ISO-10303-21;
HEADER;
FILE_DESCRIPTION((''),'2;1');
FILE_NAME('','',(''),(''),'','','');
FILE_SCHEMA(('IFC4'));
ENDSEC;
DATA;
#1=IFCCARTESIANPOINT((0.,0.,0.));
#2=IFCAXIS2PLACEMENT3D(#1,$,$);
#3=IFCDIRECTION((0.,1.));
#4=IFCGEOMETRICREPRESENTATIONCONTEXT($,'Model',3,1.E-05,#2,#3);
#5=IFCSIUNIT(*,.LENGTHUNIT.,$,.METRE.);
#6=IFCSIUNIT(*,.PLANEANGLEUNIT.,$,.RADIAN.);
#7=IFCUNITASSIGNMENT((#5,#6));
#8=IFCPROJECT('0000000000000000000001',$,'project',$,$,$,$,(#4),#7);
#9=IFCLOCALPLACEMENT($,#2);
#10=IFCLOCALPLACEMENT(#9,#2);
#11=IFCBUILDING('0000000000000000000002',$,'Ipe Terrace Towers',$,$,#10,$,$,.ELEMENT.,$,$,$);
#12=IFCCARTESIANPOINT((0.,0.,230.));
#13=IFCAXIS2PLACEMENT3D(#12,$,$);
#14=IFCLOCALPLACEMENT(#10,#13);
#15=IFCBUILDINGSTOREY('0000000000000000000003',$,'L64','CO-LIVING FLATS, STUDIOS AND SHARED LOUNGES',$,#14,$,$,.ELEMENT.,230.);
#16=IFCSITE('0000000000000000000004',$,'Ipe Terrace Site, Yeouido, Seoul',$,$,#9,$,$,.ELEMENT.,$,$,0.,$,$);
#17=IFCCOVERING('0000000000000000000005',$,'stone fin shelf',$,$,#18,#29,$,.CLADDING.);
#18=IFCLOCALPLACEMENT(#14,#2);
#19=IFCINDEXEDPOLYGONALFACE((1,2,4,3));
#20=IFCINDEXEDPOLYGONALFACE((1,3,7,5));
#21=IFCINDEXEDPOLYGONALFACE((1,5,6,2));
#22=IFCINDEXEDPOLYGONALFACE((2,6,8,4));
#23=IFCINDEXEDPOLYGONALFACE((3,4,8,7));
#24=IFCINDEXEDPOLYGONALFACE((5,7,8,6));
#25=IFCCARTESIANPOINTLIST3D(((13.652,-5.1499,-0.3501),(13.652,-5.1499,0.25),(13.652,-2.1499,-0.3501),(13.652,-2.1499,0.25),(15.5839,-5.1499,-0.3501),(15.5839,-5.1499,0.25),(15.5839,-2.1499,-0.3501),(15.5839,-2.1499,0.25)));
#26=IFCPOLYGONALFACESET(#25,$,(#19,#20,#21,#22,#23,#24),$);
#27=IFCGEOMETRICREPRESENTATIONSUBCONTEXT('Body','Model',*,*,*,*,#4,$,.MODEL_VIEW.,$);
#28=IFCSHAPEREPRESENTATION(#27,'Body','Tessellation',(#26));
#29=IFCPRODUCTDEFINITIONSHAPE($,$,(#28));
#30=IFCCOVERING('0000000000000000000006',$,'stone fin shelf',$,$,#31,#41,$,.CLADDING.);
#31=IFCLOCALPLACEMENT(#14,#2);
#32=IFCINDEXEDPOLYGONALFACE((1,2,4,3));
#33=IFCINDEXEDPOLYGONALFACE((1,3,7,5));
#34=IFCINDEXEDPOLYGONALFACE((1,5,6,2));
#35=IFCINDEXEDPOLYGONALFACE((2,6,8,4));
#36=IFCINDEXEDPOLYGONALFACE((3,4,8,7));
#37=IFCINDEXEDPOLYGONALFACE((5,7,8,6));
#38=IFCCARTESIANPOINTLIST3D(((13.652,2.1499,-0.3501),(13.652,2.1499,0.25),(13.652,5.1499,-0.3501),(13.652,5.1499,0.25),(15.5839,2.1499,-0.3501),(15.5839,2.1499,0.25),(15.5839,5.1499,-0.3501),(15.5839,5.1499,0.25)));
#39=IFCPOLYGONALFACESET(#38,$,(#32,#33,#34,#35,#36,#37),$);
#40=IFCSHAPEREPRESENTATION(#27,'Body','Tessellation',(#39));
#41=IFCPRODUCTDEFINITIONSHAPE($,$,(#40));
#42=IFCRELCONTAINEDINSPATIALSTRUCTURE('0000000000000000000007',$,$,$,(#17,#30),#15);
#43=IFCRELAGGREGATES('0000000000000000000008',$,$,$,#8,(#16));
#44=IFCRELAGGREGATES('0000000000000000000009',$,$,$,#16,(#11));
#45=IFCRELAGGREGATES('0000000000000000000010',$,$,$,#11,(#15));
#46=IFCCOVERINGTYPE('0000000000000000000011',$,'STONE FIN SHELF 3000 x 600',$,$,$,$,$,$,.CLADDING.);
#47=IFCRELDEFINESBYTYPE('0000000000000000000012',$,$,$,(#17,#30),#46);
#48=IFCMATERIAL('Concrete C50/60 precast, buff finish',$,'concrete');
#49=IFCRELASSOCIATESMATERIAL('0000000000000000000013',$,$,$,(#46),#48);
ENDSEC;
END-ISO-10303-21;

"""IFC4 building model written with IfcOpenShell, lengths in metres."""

from ifc_helpers import new_model, si_unit, direction, frame, origin, origin_2d, place, context, subcontext, project, spatial, rectangle, extrude, material, type_object, element, save


model = new_model("IFC4")

# Units and contexts
model_context = context("Model", 3, precision=1e-05, world=origin(), true_north=direction((0.0, 1.0)))
body_context = subcontext(model_context, "Body", "Model", "MODEL_VIEW")
ifc_project = project(units=[si_unit("LENGTHUNIT", "METRE"), si_unit("PLANEANGLEUNIT", "RADIAN")], contexts=[model_context])

# Site, building, storey
site_placement = place(None, origin())
site = spatial("IfcSite", under=ifc_project, at=site_placement, Name="Ipe Terrace Site, Yeouido, Seoul", CompositionType="ELEMENT", RefElevation=0.0)
building_placement = place(site_placement, origin())
building = spatial("IfcBuilding", under=site, at=building_placement, Name="Ipe Terrace Towers", CompositionType="ELEMENT")
storey_placement = place(building_placement, frame((0.0, 0.0, 230.0)))
storey = spatial("IfcBuildingStorey", under=building, at=storey_placement, Name="L64", Description="CO-LIVING FLATS, STUDIOS AND SHARED LOUNGES", CompositionType="ELEMENT", Elevation=230.0)

# Coverings
ifc_material_1 = material(Name="Concrete C50/60 precast, buff finish", Category="concrete")
covering_type_1 = type_object("IfcCoveringType", Name="STONE FIN SHELF 3000 x 600", PredefinedType="CLADDING", material=ifc_material_1)
for number, where, z_axis, x_axis, name in (
    (1, (14.6179, -3.6499, -0.3501), (0.0, 0.0, 1.0), (0.0, -1.0, 0.0), "stone fin shelf"),
    (2, (14.6179, 3.6499, -0.3501), (0.0, 0.0, 1.0), (0.0, -1.0, 0.0), "stone fin shelf"),
):
    element("IfcCovering", number, at=place(storey_placement, frame(where, z_axis=z_axis, x_axis=x_axis)), inside=storey, type_object=covering_type_1, Name=name, PredefinedType="CLADDING", context=body_context, shape_type="SweptSolid", body=[
        extrude(rectangle(XDim=3.0, YDim=1.9319, at=origin_2d()), origin(), (0.0, 0.0, 1.0), 0.6001),
    ])

save(model, "model.ifc")
